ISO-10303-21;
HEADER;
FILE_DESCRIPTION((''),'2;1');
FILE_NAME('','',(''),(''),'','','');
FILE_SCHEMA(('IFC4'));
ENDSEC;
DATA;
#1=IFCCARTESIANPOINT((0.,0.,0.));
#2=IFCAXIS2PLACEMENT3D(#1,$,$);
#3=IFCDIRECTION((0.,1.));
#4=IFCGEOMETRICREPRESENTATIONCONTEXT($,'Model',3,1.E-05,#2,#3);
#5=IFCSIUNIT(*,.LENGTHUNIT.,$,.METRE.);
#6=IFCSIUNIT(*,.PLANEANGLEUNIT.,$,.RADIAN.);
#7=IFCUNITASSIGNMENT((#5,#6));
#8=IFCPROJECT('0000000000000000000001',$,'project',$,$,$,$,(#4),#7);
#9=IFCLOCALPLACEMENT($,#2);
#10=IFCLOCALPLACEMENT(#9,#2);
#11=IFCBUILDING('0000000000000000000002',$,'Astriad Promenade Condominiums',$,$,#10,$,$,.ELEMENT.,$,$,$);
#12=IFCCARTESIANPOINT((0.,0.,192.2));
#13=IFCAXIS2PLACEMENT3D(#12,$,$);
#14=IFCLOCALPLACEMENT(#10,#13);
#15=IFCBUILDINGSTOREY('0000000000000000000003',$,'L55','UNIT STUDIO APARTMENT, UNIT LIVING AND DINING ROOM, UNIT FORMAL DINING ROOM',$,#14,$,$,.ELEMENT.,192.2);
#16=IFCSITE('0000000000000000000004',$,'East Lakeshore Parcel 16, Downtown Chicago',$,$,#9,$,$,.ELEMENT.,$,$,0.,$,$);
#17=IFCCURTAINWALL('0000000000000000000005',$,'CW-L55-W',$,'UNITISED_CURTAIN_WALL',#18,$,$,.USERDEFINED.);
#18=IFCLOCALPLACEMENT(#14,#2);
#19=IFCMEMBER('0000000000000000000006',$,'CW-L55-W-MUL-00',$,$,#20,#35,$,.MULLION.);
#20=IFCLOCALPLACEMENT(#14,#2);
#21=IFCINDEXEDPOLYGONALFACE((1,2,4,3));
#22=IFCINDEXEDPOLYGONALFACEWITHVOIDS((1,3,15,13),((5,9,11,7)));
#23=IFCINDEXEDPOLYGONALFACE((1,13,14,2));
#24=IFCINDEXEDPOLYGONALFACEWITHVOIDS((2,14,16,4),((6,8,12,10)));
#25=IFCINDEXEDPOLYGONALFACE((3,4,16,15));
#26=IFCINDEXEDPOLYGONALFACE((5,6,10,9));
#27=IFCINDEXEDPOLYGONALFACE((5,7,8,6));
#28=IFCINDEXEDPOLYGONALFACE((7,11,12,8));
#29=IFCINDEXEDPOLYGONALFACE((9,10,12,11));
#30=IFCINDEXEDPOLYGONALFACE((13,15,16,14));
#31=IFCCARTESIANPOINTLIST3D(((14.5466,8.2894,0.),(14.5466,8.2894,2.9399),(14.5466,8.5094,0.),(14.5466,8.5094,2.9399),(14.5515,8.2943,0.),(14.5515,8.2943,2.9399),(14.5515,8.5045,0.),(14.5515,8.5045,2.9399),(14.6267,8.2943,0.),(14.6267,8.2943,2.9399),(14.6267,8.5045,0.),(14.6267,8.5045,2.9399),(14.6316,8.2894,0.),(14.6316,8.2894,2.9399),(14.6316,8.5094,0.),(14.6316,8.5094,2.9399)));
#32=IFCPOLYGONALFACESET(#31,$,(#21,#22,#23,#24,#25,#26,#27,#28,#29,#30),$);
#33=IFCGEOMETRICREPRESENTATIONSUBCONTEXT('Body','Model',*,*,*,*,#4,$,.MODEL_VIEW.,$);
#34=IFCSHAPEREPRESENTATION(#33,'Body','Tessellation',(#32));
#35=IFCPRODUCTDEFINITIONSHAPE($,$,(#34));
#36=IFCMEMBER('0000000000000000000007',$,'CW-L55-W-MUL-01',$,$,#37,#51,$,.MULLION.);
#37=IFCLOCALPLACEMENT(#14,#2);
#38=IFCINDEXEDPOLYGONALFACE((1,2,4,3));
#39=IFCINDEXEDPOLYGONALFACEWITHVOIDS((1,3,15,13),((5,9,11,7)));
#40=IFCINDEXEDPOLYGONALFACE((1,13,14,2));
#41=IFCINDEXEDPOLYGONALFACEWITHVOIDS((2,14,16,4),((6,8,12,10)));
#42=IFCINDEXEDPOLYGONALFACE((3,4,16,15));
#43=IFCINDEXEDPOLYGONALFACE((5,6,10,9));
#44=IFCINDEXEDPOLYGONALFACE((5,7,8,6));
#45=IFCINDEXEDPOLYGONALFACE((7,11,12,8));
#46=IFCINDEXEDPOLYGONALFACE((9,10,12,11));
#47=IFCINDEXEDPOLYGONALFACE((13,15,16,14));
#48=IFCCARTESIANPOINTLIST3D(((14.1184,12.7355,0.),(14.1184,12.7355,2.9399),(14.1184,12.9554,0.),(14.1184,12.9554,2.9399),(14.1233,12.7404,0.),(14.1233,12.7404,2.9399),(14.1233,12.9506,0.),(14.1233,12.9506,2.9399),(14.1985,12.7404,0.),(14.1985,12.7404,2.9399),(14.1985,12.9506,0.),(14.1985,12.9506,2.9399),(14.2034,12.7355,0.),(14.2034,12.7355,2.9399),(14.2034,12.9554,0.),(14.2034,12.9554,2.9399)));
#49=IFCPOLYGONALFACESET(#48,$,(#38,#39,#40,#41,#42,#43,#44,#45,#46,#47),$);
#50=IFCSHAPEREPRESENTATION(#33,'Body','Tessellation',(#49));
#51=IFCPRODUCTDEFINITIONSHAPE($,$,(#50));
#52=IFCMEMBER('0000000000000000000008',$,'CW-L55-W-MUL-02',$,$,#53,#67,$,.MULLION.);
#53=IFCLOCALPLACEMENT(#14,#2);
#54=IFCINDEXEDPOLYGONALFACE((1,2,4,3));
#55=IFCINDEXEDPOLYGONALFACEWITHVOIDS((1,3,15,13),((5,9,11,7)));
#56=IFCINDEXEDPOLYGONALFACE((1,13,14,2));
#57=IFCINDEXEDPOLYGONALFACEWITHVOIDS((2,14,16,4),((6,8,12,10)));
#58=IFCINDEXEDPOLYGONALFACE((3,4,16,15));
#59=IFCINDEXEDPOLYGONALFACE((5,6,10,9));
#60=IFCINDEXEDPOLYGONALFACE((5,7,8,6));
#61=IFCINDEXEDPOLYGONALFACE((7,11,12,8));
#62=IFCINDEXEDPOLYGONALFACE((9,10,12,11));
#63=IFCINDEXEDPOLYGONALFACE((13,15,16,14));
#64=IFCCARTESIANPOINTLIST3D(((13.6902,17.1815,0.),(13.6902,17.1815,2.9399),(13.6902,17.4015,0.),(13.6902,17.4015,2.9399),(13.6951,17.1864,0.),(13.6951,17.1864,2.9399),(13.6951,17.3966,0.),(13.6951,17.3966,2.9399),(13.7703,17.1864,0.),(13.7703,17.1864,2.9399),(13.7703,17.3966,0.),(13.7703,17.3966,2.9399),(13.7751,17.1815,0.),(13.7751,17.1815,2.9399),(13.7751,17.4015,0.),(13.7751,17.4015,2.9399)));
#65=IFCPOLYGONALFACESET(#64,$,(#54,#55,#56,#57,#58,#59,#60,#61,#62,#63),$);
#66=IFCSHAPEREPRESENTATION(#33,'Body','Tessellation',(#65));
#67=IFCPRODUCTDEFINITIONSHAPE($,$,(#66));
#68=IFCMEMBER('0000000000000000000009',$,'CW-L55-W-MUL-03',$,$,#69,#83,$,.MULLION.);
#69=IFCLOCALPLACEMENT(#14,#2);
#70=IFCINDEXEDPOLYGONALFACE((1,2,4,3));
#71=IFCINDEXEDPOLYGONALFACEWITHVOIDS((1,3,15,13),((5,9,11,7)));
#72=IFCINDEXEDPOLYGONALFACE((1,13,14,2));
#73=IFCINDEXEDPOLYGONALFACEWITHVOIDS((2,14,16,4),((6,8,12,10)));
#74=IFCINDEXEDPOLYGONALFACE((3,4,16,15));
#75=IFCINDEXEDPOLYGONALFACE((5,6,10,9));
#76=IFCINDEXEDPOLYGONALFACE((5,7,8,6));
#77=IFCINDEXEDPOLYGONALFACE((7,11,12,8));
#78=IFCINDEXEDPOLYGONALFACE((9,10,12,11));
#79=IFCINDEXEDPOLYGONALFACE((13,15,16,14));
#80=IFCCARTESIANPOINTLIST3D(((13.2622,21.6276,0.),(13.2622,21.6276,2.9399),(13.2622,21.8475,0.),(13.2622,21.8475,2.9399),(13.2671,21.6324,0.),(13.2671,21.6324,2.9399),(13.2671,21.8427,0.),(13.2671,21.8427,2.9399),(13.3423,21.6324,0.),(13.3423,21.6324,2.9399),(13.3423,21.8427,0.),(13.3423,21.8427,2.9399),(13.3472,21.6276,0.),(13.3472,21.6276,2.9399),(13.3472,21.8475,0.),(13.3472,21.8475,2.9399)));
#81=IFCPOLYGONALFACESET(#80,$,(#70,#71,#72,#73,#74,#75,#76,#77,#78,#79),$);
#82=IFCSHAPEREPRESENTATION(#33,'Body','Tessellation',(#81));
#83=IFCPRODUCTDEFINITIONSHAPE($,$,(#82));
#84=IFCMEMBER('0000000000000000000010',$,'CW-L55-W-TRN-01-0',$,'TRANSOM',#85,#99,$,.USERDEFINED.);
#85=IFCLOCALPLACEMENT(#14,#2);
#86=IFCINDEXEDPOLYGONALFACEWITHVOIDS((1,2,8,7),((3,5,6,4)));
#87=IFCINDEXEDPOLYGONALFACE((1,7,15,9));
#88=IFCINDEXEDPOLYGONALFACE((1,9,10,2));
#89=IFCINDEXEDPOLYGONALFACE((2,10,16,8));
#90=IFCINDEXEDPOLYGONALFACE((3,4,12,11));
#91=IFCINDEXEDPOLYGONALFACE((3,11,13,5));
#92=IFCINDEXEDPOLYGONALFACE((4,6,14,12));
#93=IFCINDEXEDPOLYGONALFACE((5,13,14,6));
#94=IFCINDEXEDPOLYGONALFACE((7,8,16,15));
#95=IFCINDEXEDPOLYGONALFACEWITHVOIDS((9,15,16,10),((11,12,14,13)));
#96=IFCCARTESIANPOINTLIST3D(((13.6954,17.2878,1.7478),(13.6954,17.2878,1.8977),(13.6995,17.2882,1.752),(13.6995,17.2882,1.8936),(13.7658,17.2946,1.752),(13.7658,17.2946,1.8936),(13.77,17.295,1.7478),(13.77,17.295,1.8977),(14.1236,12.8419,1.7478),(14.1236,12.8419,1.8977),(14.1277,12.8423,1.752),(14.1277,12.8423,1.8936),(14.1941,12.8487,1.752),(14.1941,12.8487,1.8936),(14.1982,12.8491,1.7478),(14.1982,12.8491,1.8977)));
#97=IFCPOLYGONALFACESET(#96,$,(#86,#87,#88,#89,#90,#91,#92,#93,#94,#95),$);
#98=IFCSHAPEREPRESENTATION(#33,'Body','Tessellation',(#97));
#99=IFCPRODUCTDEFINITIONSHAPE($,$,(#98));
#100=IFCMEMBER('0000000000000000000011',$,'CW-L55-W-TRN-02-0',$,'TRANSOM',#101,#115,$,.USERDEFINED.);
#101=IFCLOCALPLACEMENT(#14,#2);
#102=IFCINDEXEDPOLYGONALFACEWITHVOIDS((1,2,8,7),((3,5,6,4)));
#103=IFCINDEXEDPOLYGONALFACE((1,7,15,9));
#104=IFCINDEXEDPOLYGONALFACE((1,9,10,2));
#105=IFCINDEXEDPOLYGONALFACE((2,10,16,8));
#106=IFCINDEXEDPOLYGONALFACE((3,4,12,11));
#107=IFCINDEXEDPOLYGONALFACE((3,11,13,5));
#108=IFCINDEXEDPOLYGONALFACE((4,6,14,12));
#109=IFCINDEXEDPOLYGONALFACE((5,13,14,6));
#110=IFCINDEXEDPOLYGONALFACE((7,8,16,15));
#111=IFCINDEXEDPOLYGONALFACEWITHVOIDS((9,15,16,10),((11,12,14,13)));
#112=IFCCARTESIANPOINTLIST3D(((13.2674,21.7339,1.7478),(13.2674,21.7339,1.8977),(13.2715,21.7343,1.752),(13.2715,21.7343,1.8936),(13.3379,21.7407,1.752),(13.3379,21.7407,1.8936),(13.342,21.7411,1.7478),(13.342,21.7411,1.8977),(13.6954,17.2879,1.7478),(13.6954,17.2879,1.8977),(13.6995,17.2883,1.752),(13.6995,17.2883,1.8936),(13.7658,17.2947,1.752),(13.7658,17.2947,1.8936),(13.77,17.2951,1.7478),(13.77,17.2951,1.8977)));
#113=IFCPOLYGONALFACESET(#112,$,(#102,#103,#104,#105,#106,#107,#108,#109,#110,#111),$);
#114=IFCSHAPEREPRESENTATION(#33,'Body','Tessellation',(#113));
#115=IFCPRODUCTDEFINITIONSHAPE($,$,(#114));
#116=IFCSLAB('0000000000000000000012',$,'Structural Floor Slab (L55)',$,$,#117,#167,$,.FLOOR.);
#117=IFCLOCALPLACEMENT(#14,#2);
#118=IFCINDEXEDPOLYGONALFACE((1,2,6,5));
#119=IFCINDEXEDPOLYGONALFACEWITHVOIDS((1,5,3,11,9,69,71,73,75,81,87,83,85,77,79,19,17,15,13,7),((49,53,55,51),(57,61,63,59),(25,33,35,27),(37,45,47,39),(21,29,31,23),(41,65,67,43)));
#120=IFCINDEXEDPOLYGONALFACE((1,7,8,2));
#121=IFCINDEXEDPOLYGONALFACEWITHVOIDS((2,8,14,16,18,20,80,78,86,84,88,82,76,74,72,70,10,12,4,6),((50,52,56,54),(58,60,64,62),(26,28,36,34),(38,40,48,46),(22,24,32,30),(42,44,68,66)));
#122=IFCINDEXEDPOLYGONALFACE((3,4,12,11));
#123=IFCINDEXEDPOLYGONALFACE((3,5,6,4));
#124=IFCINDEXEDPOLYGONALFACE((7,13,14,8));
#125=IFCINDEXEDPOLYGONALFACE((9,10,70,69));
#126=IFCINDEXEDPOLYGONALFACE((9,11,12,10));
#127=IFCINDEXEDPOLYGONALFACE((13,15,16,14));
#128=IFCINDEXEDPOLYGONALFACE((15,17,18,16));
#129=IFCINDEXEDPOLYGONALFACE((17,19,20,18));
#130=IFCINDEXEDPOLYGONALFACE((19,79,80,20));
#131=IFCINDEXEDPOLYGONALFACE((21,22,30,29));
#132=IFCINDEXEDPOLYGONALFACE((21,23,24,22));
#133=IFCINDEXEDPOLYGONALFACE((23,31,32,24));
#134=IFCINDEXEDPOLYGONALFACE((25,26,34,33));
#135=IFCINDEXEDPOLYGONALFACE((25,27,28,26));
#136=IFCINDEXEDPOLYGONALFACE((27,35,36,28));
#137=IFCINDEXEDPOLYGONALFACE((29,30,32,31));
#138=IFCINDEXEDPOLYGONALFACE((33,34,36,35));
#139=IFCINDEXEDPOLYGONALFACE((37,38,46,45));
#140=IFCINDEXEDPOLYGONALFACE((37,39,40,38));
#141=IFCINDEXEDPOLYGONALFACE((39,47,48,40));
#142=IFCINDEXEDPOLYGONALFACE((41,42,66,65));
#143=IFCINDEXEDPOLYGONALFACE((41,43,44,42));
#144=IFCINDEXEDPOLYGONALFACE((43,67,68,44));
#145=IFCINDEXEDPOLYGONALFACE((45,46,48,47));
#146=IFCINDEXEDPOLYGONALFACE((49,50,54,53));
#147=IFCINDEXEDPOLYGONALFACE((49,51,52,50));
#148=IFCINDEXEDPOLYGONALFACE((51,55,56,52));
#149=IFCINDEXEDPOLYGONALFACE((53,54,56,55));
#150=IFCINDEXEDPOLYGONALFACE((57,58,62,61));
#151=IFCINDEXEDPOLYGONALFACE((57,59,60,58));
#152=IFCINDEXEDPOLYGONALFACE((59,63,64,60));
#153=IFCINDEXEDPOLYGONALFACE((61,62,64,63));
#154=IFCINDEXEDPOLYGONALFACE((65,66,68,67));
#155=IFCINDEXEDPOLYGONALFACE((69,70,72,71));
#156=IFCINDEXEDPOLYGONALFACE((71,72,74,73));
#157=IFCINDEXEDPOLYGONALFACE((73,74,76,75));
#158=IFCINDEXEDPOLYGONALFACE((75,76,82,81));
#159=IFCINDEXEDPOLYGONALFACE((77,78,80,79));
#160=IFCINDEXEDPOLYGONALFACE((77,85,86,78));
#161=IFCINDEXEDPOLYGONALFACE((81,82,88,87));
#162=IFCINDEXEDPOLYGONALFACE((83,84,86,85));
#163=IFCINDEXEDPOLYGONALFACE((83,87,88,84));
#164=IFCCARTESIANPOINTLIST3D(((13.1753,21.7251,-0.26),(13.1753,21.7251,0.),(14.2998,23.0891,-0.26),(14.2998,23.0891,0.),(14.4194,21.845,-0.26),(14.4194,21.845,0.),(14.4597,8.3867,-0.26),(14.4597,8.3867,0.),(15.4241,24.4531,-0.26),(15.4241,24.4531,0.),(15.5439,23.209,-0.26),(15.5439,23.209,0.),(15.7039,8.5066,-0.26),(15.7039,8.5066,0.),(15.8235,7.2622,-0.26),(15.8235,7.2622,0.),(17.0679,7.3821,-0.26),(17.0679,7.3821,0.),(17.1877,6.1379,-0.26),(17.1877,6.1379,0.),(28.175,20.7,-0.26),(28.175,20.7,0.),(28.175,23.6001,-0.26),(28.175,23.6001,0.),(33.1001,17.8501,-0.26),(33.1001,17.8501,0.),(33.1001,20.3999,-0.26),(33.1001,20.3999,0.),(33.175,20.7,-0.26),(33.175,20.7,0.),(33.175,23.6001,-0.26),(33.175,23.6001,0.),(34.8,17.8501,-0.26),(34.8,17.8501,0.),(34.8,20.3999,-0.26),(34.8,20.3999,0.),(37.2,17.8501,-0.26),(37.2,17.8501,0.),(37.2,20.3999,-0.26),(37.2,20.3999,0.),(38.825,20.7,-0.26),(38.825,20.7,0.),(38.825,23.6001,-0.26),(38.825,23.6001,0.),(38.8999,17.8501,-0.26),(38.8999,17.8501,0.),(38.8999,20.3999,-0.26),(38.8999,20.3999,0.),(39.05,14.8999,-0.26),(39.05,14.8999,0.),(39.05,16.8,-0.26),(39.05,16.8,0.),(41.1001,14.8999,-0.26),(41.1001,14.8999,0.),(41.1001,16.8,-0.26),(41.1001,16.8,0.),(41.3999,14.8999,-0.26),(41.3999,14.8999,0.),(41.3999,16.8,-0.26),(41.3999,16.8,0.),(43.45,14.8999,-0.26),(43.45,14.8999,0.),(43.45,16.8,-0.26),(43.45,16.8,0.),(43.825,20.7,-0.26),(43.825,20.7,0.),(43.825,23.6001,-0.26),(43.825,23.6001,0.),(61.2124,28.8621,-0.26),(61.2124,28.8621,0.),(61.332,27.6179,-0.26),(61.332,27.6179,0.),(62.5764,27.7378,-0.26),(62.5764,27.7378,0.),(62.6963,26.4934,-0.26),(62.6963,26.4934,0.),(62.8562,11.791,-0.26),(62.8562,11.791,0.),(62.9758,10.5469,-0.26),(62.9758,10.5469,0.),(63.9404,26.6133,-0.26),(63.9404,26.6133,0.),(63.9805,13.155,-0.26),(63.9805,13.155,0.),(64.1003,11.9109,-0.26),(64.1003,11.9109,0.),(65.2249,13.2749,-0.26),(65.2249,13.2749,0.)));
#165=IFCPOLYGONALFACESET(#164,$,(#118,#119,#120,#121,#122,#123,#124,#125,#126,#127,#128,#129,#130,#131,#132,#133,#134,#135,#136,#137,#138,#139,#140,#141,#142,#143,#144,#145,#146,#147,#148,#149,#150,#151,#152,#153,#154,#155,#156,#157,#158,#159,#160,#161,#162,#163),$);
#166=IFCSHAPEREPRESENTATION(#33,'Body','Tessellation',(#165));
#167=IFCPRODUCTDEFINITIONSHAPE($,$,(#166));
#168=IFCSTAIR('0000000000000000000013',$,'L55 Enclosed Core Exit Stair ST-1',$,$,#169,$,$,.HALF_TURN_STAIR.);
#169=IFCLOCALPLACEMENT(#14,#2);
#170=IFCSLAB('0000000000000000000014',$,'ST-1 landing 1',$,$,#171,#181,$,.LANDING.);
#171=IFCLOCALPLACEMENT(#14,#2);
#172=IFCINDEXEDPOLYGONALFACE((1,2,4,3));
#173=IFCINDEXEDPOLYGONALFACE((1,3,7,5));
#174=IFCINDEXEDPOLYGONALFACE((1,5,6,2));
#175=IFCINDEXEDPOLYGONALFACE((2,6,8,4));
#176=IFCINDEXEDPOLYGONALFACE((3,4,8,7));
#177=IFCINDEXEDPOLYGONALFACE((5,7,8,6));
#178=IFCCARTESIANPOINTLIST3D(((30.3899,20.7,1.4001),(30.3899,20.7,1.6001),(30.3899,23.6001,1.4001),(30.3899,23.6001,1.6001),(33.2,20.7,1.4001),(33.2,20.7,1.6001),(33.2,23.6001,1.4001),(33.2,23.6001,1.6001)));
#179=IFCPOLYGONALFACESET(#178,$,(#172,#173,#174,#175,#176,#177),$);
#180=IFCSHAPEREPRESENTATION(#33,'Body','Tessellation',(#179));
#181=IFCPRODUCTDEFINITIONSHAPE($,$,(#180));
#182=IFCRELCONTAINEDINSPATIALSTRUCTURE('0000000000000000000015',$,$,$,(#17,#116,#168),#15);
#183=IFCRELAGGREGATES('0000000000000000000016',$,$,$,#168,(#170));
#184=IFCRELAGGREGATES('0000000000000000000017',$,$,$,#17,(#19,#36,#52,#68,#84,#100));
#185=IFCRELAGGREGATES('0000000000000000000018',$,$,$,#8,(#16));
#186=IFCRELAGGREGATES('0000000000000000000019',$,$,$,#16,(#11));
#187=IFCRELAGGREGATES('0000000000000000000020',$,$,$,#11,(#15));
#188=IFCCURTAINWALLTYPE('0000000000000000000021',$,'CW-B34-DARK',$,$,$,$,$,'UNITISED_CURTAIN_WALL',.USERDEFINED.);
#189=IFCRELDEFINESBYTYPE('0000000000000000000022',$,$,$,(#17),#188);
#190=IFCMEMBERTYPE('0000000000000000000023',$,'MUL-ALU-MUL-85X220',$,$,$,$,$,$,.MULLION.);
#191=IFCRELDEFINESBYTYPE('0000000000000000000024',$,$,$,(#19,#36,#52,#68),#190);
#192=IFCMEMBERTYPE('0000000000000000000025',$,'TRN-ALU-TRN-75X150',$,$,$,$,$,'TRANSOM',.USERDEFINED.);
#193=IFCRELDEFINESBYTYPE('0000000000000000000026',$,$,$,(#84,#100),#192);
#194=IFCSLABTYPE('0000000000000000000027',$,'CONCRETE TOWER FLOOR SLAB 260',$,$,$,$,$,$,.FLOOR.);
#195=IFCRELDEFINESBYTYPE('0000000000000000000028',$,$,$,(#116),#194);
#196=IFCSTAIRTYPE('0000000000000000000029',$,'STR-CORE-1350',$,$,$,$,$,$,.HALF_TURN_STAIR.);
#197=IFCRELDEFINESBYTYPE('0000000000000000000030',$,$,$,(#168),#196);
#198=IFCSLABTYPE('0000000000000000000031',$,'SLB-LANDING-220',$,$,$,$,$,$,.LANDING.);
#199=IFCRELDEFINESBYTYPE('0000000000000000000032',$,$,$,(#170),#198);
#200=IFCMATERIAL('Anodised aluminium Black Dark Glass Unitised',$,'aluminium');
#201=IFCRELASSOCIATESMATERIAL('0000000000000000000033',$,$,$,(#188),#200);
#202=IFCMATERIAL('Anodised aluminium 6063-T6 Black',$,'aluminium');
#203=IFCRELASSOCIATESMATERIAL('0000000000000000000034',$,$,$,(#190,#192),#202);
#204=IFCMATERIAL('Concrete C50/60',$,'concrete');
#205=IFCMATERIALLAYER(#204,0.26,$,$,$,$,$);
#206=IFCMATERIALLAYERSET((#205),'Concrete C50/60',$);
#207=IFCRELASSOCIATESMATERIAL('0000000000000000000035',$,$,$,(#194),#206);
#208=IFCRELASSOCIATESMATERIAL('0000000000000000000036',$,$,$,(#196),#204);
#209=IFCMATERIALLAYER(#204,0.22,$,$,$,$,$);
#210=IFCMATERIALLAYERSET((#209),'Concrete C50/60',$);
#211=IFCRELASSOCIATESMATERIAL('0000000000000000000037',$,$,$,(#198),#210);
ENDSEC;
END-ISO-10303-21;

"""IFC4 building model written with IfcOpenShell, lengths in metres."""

from ifc_helpers import new_model, si_unit, direction, frame, origin, origin_2d, place, context, subcontext, project, spatial, polyline, hollow_rectangle, outline, extrude, source, transform, mapped, material, layer, layer_set, material_profile, profile_set, type_object, type_shapes, element, aggregate, save


model = new_model("IFC4")

# Units and contexts
model_context = context("Model", 3, precision=1e-05, world=origin(), true_north=direction((0.0, 1.0)))
body_context = subcontext(model_context, "Body", "Model", "MODEL_VIEW")
ifc_project = project(units=[si_unit("LENGTHUNIT", "METRE"), si_unit("PLANEANGLEUNIT", "RADIAN")], contexts=[model_context])

# Site, building, storey
site_placement = place(None, origin())
site = spatial("IfcSite", under=ifc_project, at=site_placement, Name="East Lakeshore Parcel 16, Downtown Chicago", CompositionType="ELEMENT", RefElevation=0.0)
building_placement = place(site_placement, origin())
building = spatial("IfcBuilding", under=site, at=building_placement, Name="Astriad Promenade Condominiums", CompositionType="ELEMENT")
storey_placement = place(building_placement, frame((0.0, 0.0, 192.2)))
storey = spatial("IfcBuildingStorey", under=building, at=storey_placement, Name="L55", Description="UNIT STUDIO APARTMENT, UNIT LIVING AND DINING ROOM, UNIT FORMAL DINING ROOM", CompositionType="ELEMENT", Elevation=192.2)

# Curtain wall, members
ifc_material_1 = material(Name="Anodised aluminium Black Dark Glass Unitised", Category="aluminium")
curtain_wall_type = type_object("IfcCurtainWallType", Name="CW-B34-DARK", ElementType="UNITISED_CURTAIN_WALL", PredefinedType="USERDEFINED", material=ifc_material_1)
curtain_wall_placement = place(storey_placement, origin())
curtain_wall = element("IfcCurtainWall", 1, at=curtain_wall_placement, inside=storey, type_object=curtain_wall_type, Name="CW-L55-W", ObjectType="UNITISED_CURTAIN_WALL", PredefinedType="USERDEFINED")
ifc_material_2 = material(Name="Anodised aluminium 6063-T6 Black", Category="aluminium")
ifc_material_profile_1 = material_profile(ifc_material_2, hollow_rectangle(XDim=0.085, YDim=0.22, WallThickness=0.0049, at=origin_2d()), Name="ALU-MUL-85X220")
ifc_profile_set_1 = profile_set([ifc_material_profile_1], Name="Anodised aluminium 6063-T6 Black")
member_type_1 = type_object("IfcMemberType", Name="MUL-ALU-MUL-85X220", PredefinedType="MULLION", material=ifc_profile_set_1)
shared_shape_1 = source(origin(), body_context, "Body", "SweptSolid", [
    extrude(hollow_rectangle(XDim=0.085, YDim=0.22, WallThickness=0.0049, at=origin_2d()), origin(), (0.0, 0.0, 1.0), 2.9399),
])
type_shapes(member_type_1, [shared_shape_1])
member_1_placement = place(storey_placement, frame((14.5891, 8.3994, 0.0), z_axis=(0.0, 0.0, 1.0), x_axis=(1.0, 0.0, 0.0)))
member_1 = element("IfcMember", 2, at=member_1_placement, type_object=member_type_1, Name="CW-L55-W-MUL-00", PredefinedType="MULLION", context=body_context, shape_type="MappedRepresentation", body=[
    mapped(shared_shape_1, transform((0.0, 0.0, 0.0), scale=1.0)),
])
member_2_placement = place(storey_placement, frame((14.1609, 12.8455, 0.0), z_axis=(0.0, 0.0, 1.0), x_axis=(1.0, 0.0, 0.0)))
member_2 = element("IfcMember", 3, at=member_2_placement, type_object=member_type_1, Name="CW-L55-W-MUL-01", PredefinedType="MULLION", context=body_context, shape_type="MappedRepresentation", body=[
    mapped(shared_shape_1, transform((0.0, 0.0, 0.0), scale=1.0)),
])
member_3_placement = place(storey_placement, frame((13.7327, 17.2915, 0.0), z_axis=(0.0, 0.0, 1.0), x_axis=(1.0, 0.0, 0.0)))
member_3 = element("IfcMember", 4, at=member_3_placement, type_object=member_type_1, Name="CW-L55-W-MUL-02", PredefinedType="MULLION", context=body_context, shape_type="MappedRepresentation", body=[
    mapped(shared_shape_1, transform((0.0, 0.0, 0.0), scale=1.0)),
])
member_4_placement = place(storey_placement, frame((13.3047, 21.7375, 0.0), z_axis=(0.0, 0.0, 1.0), x_axis=(1.0, 0.0, 0.0)))
member_4 = element("IfcMember", 5, at=member_4_placement, type_object=member_type_1, Name="CW-L55-W-MUL-03", PredefinedType="MULLION", context=body_context, shape_type="MappedRepresentation", body=[
    mapped(shared_shape_1, transform((0.0, 0.0, 0.0), scale=1.0)),
])
ifc_material_profile_2 = material_profile(ifc_material_2, hollow_rectangle(XDim=0.075, YDim=0.1499, WallThickness=0.0042, at=origin_2d()), Name="ALU-TRN-75X150")
ifc_profile_set_2 = profile_set([ifc_material_profile_2], Name="Anodised aluminium 6063-T6 Black")
member_type_2 = type_object("IfcMemberType", Name="TRN-ALU-TRN-75X150", ElementType="TRANSOM", PredefinedType="USERDEFINED", material=ifc_profile_set_2)
shared_shape_2 = source(origin(), body_context, "Body", "SweptSolid", [
    extrude(hollow_rectangle(XDim=0.075, YDim=0.1499, WallThickness=0.0042, at=origin_2d()), origin(), (0.0, 0.0, 1.0), 4.4666),
])
type_shapes(member_type_2, [shared_shape_2])
member_5_placement = place(storey_placement, frame((14.1609, 12.8455, 1.8228), z_axis=(-0.095872, 0.995394, 0.0), x_axis=(-0.995394, -0.095872, 0.0)))
member_5 = element("IfcMember", 6, at=member_5_placement, type_object=member_type_2, Name="CW-L55-W-TRN-01-0", ObjectType="TRANSOM", PredefinedType="USERDEFINED", context=body_context, shape_type="MappedRepresentation", body=[
    mapped(shared_shape_2, transform((0.0, 0.0, 0.0), scale=1.0)),
])
member_6_placement = place(storey_placement, frame((13.7327, 17.2915, 1.8228), z_axis=(-0.095818, 0.995399, 0.0), x_axis=(-0.995399, -0.095818, 0.0)))
member_6 = element("IfcMember", 7, at=member_6_placement, type_object=member_type_2, Name="CW-L55-W-TRN-02-0", ObjectType="TRANSOM", PredefinedType="USERDEFINED", context=body_context, shape_type="MappedRepresentation", body=[
    mapped(shared_shape_2, transform((0.0, 0.0, 0.0), scale=1.0)),
])

# Slab
ifc_material_3 = material(Name="Concrete C50/60", Category="concrete")
ifc_layer_1 = layer(ifc_material_3, 0.26)
ifc_layer_set_1 = layer_set([ifc_layer_1], Name="Concrete C50/60")
slab_type_1 = type_object("IfcSlabType", Name="CONCRETE TOWER FLOOR SLAB 260", PredefinedType="FLOOR", material=ifc_layer_set_1)
slab_1_placement = place(storey_placement, frame((0.0, 0.0, -0.26)))
element("IfcSlab", 8, at=slab_1_placement, inside=storey, type_object=slab_type_1, Name="Structural Floor Slab (L55)", PredefinedType="FLOOR", context=body_context, shape_type="SweptSolid", body=[
    extrude(outline(polyline([(17.1877, 6.1379), (62.9758, 10.5469), (62.8562, 11.791), (64.1003, 11.9109), (63.9805, 13.155), (65.2249, 13.2749), (63.9404, 26.6133), (62.6963, 26.4934), (62.5764, 27.7378), (61.332, 27.6179), (61.2124, 28.8621), (15.4241, 24.4531), (15.5439, 23.209), (14.2998, 23.0891), (14.4194, 21.845), (13.1753, 21.7251), (14.4597, 8.3867), (15.7039, 8.5066), (15.8235, 7.2622), (17.0679, 7.3821), (17.1877, 6.1379)]), holes=[polyline([(28.175, 20.7), (33.175, 20.7), (33.175, 23.6001), (28.175, 23.6001), (28.175, 20.7)]), polyline([(38.825, 20.7), (43.825, 20.7), (43.825, 23.6001), (38.825, 23.6001), (38.825, 20.7)]), polyline([(33.1001, 17.8501), (34.8, 17.8501), (34.8, 20.3999), (33.1001, 20.3999), (33.1001, 17.8501)]), polyline([(37.2, 17.8501), (38.8999, 17.8501), (38.8999, 20.3999), (37.2, 20.3999), (37.2, 17.8501)]), polyline([(39.05, 14.8999), (41.1001, 14.8999), (41.1001, 16.8), (39.05, 16.8), (39.05, 14.8999)]), polyline([(41.3999, 14.8999), (43.45, 14.8999), (43.45, 16.8), (41.3999, 16.8), (41.3999, 14.8999)])]), origin(), (0.0, 0.0, 1.0), 0.26),
])

# Stair, slab
stair_type = type_object("IfcStairType", Name="STR-CORE-1350", PredefinedType="HALF_TURN_STAIR", material=ifc_material_3)
stair_1_placement = place(storey_placement, origin())
stair_1 = element("IfcStair", 9, at=stair_1_placement, inside=storey, type_object=stair_type, Name="L55 Enclosed Core Exit Stair ST-1", PredefinedType="HALF_TURN_STAIR")
ifc_layer_2 = layer(ifc_material_3, 0.22)
ifc_layer_set_2 = layer_set([ifc_layer_2], Name="Concrete C50/60")
slab_type_2 = type_object("IfcSlabType", Name="SLB-LANDING-220", PredefinedType="LANDING", material=ifc_layer_set_2)
slab_2_placement = place(storey_placement, frame((0.0, 0.0, 1.4001)))
slab_2 = element("IfcSlab", 10, at=slab_2_placement, type_object=slab_type_2, Name="ST-1 landing 1", PredefinedType="LANDING", context=body_context, shape_type="SweptSolid", body=[
    extrude(outline(polyline([(30.3899, 20.7), (33.2, 20.7), (33.2, 23.6001), (30.3899, 23.6001), (30.3899, 20.7)])), origin(), (0.0, 0.0, 1.0), 0.2),
])
aggregate(stair_1, [slab_2])

aggregate(curtain_wall, [member_1, member_2, member_3, member_4, member_5, member_6])

save(model, "model.ifc")
